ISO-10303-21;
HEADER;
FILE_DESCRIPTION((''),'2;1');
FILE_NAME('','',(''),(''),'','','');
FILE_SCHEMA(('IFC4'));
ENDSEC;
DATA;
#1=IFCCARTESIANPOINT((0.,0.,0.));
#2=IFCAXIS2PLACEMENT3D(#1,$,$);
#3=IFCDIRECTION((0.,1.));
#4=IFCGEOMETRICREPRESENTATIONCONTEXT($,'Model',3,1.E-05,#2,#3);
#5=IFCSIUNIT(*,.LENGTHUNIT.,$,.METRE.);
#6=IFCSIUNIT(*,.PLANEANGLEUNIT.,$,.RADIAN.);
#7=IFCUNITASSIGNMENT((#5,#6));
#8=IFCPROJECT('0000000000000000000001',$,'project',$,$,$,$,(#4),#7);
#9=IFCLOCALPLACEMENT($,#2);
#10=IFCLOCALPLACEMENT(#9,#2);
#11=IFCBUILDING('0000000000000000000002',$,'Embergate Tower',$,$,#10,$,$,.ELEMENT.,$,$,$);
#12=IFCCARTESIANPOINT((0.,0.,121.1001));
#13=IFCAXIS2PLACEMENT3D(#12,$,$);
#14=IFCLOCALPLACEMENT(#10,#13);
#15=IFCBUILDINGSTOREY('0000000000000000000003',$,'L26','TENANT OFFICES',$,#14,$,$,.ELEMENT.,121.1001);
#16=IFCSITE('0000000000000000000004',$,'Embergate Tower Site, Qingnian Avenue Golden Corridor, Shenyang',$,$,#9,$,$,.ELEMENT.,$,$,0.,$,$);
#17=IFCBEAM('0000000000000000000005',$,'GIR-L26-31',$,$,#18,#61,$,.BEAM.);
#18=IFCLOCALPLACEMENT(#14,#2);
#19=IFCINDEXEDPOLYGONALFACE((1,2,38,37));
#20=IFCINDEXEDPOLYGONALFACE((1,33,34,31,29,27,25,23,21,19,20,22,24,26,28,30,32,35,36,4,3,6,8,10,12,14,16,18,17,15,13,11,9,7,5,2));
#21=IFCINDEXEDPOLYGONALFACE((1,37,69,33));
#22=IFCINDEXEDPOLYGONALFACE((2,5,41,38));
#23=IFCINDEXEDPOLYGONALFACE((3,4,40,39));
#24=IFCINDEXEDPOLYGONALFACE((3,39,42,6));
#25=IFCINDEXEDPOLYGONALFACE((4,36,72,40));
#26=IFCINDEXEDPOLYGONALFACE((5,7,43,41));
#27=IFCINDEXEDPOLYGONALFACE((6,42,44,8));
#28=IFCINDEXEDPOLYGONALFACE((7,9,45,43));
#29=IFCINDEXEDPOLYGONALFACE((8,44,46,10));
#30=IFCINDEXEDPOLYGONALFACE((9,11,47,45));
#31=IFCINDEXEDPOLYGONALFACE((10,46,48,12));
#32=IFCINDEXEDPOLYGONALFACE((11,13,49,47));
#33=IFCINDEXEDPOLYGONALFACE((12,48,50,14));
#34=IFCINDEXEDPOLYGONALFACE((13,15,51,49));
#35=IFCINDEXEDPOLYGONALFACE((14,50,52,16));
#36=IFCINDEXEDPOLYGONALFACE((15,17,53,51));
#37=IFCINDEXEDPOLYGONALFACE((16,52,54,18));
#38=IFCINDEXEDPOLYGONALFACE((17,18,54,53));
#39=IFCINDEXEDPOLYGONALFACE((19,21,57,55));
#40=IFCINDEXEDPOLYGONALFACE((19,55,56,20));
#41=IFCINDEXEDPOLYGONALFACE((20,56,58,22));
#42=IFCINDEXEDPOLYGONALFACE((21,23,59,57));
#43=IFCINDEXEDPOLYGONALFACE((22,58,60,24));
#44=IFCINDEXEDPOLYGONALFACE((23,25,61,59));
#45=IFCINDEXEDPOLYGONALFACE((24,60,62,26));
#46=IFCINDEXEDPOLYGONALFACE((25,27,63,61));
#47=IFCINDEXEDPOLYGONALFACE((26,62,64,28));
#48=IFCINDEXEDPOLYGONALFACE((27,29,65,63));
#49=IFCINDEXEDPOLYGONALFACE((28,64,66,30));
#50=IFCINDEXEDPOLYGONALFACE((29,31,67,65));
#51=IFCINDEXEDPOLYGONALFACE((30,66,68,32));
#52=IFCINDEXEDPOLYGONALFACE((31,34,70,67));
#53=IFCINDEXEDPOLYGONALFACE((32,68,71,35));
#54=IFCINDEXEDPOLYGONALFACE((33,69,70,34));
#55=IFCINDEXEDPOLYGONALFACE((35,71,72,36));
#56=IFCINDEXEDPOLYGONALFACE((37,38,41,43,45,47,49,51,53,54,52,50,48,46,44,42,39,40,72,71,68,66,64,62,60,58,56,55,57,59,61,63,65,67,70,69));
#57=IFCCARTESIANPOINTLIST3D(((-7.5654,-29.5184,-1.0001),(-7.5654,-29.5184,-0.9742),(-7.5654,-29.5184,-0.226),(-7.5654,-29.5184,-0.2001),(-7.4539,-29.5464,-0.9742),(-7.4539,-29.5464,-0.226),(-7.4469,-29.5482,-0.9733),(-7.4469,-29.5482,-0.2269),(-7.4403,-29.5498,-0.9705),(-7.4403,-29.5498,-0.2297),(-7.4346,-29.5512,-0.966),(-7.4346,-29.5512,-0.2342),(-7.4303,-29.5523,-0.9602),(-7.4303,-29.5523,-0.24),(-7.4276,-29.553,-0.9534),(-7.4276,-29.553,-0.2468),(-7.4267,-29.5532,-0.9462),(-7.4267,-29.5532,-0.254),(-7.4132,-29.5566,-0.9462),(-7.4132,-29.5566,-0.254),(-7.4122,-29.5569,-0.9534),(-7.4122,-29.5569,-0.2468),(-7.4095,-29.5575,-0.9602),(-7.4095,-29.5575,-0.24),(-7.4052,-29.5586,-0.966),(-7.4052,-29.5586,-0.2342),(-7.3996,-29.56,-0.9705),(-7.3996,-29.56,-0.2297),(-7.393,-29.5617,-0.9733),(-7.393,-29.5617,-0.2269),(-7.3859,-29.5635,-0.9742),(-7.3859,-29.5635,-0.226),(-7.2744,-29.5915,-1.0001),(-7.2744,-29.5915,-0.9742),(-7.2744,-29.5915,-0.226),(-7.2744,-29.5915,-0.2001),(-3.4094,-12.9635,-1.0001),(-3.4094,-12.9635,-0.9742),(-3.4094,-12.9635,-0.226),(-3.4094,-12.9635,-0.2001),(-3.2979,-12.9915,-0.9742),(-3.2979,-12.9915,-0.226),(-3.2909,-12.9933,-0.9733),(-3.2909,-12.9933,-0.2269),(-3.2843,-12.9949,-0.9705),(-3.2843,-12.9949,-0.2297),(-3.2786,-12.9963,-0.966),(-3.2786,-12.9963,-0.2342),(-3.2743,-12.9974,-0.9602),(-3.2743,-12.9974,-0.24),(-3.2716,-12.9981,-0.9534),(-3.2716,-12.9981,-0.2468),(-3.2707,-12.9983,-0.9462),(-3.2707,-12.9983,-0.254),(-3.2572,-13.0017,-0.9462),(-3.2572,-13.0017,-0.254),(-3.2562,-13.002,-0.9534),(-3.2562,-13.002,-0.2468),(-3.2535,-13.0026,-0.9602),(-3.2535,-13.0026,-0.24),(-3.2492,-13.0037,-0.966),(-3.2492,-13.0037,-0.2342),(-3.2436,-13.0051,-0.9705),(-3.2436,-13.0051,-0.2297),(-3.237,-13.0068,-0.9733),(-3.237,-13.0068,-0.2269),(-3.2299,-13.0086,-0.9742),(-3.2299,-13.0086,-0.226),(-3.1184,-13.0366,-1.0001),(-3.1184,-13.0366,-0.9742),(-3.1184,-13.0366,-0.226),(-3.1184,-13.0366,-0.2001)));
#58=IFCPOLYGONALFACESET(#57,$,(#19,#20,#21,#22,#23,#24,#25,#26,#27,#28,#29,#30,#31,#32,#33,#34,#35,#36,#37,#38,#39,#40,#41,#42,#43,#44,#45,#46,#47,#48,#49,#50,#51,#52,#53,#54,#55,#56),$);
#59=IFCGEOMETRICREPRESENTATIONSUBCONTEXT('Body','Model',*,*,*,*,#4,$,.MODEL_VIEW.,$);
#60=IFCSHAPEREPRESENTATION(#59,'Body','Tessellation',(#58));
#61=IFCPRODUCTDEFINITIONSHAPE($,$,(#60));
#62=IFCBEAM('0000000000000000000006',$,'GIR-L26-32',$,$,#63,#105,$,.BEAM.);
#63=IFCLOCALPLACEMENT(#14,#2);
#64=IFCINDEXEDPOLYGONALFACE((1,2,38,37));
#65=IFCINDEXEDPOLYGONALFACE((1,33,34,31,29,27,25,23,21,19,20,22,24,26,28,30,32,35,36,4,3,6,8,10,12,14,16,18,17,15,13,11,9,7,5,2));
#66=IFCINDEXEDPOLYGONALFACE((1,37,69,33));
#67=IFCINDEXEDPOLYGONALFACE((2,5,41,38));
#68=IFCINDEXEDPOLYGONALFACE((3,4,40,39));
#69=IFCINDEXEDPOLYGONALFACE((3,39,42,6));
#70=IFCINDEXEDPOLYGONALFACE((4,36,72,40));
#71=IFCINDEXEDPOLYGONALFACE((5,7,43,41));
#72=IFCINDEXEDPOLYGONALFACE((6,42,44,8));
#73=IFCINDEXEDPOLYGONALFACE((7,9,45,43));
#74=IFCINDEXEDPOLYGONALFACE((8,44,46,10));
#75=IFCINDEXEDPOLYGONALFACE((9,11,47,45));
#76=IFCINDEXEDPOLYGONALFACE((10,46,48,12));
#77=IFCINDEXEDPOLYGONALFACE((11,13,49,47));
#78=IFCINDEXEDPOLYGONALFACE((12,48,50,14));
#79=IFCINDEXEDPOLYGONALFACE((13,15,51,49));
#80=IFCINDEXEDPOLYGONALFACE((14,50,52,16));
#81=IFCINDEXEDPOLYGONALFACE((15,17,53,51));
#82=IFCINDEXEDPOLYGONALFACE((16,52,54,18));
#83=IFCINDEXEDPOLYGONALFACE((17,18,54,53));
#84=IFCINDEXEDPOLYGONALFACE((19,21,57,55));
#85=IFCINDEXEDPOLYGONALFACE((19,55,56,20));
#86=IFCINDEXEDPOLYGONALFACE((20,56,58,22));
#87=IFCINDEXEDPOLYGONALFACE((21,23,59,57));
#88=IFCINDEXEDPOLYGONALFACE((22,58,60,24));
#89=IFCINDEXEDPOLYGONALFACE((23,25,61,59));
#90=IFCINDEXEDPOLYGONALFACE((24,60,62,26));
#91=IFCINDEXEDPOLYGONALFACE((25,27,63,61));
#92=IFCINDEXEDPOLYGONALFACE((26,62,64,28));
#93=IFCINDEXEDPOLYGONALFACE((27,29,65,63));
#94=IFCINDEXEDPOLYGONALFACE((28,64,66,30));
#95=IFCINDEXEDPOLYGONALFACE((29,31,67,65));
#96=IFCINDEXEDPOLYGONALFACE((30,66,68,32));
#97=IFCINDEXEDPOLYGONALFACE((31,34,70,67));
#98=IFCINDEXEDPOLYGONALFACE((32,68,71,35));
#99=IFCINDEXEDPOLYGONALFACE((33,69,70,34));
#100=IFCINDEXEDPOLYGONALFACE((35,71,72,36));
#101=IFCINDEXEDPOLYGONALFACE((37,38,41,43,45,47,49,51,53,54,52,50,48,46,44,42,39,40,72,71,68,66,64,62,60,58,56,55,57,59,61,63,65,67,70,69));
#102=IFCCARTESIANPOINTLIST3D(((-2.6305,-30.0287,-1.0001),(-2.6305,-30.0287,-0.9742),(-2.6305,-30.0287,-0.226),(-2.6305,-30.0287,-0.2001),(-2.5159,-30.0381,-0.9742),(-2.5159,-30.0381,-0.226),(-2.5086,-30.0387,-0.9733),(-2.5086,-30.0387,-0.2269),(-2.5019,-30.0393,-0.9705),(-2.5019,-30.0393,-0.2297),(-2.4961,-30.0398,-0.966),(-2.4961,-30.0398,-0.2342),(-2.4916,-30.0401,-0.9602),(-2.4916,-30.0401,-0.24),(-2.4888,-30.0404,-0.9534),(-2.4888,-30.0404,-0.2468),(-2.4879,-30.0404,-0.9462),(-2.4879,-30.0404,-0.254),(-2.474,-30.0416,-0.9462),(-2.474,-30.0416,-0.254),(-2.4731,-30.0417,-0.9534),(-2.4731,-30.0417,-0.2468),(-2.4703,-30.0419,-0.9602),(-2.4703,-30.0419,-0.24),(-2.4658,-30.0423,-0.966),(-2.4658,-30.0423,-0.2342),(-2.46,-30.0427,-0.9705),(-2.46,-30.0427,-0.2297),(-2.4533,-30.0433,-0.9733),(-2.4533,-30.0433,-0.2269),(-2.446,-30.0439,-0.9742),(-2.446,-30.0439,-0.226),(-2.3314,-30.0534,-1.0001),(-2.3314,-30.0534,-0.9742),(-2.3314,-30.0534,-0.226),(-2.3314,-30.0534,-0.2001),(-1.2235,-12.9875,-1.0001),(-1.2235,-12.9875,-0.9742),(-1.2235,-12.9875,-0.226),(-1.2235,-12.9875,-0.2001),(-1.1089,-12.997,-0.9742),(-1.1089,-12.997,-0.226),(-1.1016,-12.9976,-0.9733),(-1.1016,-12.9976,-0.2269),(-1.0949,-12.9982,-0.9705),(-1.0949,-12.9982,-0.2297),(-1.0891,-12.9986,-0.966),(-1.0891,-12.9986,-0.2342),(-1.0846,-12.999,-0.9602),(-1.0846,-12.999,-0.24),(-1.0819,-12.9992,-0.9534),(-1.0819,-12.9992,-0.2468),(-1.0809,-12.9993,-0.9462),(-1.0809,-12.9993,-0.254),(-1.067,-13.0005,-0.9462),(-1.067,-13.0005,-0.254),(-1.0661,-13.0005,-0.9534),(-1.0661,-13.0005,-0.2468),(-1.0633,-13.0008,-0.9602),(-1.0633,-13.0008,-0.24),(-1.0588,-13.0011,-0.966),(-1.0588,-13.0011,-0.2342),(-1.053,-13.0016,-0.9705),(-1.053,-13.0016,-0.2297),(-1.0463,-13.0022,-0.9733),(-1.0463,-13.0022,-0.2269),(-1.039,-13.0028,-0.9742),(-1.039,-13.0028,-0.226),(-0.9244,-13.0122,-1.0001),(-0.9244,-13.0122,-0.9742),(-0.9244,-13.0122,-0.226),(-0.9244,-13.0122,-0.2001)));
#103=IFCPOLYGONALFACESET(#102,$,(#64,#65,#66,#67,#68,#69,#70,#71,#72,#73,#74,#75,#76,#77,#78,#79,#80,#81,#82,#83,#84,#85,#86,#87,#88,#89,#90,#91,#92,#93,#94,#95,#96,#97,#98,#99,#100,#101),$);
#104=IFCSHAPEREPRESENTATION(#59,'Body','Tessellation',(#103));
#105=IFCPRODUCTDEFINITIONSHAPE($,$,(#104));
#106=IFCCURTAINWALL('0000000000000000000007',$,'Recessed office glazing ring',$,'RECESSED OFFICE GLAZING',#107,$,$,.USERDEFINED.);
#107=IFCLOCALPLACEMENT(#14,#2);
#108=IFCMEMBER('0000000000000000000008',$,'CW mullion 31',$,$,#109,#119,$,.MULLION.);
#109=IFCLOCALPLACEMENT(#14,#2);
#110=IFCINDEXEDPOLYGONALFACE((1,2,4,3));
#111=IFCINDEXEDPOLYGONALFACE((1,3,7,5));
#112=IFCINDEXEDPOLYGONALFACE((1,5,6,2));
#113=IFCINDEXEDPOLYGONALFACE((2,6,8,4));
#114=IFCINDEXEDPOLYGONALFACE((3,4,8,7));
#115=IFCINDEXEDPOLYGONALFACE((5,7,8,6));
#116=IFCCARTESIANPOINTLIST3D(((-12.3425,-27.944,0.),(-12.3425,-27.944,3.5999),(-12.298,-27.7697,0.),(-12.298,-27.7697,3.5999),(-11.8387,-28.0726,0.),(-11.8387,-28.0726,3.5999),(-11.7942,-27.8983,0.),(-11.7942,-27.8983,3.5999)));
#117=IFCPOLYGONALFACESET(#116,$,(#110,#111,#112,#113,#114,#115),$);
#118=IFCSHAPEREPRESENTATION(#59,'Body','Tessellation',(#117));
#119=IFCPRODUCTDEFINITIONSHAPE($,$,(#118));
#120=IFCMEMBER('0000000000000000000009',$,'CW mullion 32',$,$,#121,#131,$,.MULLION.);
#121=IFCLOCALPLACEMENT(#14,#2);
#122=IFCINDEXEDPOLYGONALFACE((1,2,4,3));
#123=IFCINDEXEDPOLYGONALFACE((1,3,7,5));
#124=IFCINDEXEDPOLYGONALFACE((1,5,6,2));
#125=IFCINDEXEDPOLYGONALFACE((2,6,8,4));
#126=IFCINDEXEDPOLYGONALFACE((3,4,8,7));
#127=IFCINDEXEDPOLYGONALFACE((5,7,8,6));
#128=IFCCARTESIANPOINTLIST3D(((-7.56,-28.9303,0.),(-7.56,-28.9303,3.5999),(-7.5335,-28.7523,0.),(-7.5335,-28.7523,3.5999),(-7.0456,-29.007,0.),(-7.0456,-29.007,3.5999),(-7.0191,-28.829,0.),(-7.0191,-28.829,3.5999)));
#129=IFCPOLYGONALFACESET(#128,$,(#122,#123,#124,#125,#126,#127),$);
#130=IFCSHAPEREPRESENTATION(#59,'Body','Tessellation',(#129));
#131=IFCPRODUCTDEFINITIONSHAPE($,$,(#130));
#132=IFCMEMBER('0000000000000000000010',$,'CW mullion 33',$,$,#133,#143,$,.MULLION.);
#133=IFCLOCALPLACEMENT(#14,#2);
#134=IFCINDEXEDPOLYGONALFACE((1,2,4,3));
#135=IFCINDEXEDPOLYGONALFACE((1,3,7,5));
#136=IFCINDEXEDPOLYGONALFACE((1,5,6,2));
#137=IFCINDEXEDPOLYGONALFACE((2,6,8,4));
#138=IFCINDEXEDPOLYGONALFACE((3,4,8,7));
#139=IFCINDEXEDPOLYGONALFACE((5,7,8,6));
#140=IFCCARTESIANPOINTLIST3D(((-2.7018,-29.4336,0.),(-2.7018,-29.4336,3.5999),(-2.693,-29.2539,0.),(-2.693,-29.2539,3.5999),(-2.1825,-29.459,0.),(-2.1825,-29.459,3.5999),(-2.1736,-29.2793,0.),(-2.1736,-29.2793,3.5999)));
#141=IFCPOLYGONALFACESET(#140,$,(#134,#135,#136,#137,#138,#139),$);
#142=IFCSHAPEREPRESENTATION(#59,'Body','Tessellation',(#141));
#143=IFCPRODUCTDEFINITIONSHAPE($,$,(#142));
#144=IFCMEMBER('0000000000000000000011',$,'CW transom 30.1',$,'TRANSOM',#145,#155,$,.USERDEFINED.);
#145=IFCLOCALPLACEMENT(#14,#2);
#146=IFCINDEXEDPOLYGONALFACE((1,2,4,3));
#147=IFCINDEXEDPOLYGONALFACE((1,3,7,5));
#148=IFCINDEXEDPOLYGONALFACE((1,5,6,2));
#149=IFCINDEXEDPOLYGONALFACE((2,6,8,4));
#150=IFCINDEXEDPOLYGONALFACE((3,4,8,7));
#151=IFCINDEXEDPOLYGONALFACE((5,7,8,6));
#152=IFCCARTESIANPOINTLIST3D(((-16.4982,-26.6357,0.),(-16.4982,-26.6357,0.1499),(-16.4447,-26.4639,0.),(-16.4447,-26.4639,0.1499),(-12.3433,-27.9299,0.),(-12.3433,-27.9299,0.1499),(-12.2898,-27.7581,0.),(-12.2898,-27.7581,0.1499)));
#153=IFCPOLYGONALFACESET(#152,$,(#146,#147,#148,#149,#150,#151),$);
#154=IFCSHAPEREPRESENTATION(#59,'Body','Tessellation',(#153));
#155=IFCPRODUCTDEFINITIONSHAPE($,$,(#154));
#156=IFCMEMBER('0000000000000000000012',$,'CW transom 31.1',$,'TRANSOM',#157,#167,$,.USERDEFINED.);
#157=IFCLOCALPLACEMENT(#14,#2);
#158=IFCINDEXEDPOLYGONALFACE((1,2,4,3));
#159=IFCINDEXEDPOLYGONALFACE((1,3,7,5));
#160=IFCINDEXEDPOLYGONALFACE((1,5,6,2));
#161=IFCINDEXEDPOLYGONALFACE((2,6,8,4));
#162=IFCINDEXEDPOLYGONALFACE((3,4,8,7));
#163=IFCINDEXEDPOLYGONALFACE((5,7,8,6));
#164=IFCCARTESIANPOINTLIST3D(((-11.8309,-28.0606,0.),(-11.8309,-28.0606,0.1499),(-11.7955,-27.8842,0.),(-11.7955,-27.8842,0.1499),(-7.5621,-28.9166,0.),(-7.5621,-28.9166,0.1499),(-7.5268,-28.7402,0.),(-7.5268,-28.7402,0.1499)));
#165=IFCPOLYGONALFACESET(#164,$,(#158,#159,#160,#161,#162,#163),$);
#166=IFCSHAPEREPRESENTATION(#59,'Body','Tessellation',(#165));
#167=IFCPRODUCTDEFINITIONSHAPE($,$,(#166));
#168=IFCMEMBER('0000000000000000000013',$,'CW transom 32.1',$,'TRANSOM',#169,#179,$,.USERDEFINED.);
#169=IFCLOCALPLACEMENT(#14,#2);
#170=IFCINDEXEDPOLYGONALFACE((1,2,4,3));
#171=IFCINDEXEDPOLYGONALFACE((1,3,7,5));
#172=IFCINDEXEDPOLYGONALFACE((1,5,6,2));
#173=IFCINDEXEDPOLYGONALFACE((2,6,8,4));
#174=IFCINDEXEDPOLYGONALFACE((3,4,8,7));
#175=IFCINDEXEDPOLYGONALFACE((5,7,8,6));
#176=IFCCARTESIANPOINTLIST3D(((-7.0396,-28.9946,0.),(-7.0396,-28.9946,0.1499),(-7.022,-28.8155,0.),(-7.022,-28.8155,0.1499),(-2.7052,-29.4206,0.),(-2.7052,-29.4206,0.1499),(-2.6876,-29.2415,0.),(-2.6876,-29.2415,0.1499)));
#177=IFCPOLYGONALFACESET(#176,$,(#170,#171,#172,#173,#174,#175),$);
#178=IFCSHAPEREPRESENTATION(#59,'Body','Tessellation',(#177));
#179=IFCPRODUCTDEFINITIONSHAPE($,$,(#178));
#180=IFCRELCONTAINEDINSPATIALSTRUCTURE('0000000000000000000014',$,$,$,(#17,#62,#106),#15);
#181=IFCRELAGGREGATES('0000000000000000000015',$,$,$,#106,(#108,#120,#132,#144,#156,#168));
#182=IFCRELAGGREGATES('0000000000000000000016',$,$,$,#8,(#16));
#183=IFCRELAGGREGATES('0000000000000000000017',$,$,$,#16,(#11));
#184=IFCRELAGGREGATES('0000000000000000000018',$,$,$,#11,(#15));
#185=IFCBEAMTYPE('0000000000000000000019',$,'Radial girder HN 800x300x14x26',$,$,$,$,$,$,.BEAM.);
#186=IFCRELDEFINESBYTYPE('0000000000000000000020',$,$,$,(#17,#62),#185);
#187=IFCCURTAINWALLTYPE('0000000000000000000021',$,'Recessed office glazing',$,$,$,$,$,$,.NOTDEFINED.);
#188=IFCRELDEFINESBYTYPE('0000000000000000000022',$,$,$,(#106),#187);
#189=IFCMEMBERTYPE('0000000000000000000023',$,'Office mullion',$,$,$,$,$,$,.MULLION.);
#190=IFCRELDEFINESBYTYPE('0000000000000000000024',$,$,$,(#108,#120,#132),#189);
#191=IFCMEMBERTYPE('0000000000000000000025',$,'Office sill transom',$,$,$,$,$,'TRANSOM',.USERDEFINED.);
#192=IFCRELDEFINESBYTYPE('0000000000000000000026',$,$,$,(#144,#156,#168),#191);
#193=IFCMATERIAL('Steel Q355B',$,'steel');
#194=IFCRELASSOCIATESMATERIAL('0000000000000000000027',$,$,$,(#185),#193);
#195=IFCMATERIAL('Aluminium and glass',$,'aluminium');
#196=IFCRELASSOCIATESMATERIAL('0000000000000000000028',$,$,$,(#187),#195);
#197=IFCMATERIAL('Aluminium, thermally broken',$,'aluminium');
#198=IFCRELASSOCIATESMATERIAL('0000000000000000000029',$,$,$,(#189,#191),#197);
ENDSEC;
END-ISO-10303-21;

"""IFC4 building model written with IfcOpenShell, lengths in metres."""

from ifc_helpers import new_model, si_unit, direction, frame, origin, origin_2d, place, context, subcontext, project, spatial, rectangle, i_section, extrude, source, transform, mapped, material, material_profile, profile_set, type_object, element, aggregate, save


model = new_model("IFC4")

# Units and contexts
model_context = context("Model", 3, precision=1e-05, world=origin(), true_north=direction((0.0, 1.0)))
body_context = subcontext(model_context, "Body", "Model", "MODEL_VIEW")
ifc_project = project(units=[si_unit("LENGTHUNIT", "METRE"), si_unit("PLANEANGLEUNIT", "RADIAN")], contexts=[model_context])

# Site, building, storey
site_placement = place(None, origin())
site = spatial("IfcSite", under=ifc_project, at=site_placement, Name="Embergate Tower Site, Qingnian Avenue Golden Corridor, Shenyang", CompositionType="ELEMENT", RefElevation=0.0)
building_placement = place(site_placement, origin())
building = spatial("IfcBuilding", under=site, at=building_placement, Name="Embergate Tower", CompositionType="ELEMENT")
storey_placement = place(building_placement, frame((0.0, 0.0, 121.1001)))
storey = spatial("IfcBuildingStorey", under=building, at=storey_placement, Name="L26", Description="TENANT OFFICES", CompositionType="ELEMENT", Elevation=121.1001)

# Beams
ifc_material_1 = material(Name="Steel Q355B", Category="steel")
ifc_material_profile_1 = material_profile(ifc_material_1, i_section(OverallWidth=0.3, OverallDepth=0.8, WebThickness=0.0139, FlangeThickness=0.0259, FilletRadius=0.0281, at=origin_2d()), Name="HN 800x300x14x26")
ifc_profile_set_1 = profile_set([ifc_material_profile_1], Name="Steel Q355 grade B")
beam_type_1 = type_object("IfcBeamType", Name="Radial girder HN 800x300x14x26", PredefinedType="BEAM", material=ifc_profile_set_1)
shared_shape_1 = source(origin(), body_context, "Body", "SweptSolid", [
    extrude(i_section(OverallWidth=0.3, OverallDepth=0.8, WebThickness=0.0139, FlangeThickness=0.0259, FilletRadius=0.0281, at=origin_2d()), origin(), (0.0, 0.0, 1.0), 17.0686),
])
beam_1_placement = place(storey_placement, frame((-7.4199, -29.5549, -0.6001), z_axis=(0.243488, 0.969904, 0.0), x_axis=(-0.969904, 0.243488, 0.0)))
element("IfcBeam", 1, at=beam_1_placement, inside=storey, type_object=beam_type_1, Name="GIR-L26-31", PredefinedType="BEAM", context=body_context, shape_type="MappedRepresentation", body=[
    mapped(shared_shape_1, transform((0.0, 0.0, 0.0))),
])
shared_shape_2 = source(origin(), body_context, "Body", "SweptSolid", [
    extrude(i_section(OverallWidth=0.3, OverallDepth=0.8, WebThickness=0.0139, FlangeThickness=0.0259, FilletRadius=0.0281, at=origin_2d()), origin(), (0.0, 0.0, 1.0), 17.0991),
])
beam_2_placement = place(storey_placement, frame((-2.481, -30.041, -0.6001), z_axis=(0.082284, 0.996609, 0.0), x_axis=(-0.996609, 0.082284, 0.0)))
element("IfcBeam", 2, at=beam_2_placement, inside=storey, type_object=beam_type_1, Name="GIR-L26-32", PredefinedType="BEAM", context=body_context, shape_type="MappedRepresentation", body=[
    mapped(shared_shape_2, transform((0.0, 0.0, 0.0))),
])

# Curtain wall, members
ifc_material_2 = material(Name="Aluminium and glass", Category="aluminium")
curtain_wall_type = type_object("IfcCurtainWallType", Name="Recessed office glazing", PredefinedType="NOTDEFINED", material=ifc_material_2)
curtain_wall_placement = place(storey_placement, origin())
curtain_wall = element("IfcCurtainWall", 3, at=curtain_wall_placement, inside=storey, type_object=curtain_wall_type, Name="Recessed office glazing ring", ObjectType="RECESSED OFFICE GLAZING", PredefinedType="USERDEFINED")
ifc_material_3 = material(Name="Aluminium, thermally broken", Category="aluminium")
ifc_material_profile_2 = material_profile(ifc_material_3, rectangle(XDim=0.1799, YDim=0.52, at=origin_2d()), Name="AL 520x180")
ifc_profile_set_2 = profile_set([ifc_material_profile_2], Name="Aluminium, thermally broken")
member_type_1 = type_object("IfcMemberType", Name="Office mullion", PredefinedType="MULLION", material=ifc_profile_set_2)
shared_shape_3 = source(origin(), body_context, "Body", "SweptSolid", [
    extrude(rectangle(XDim=0.1799, YDim=0.52, at=origin_2d()), origin(), (0.0, 0.0, 1.0), 3.5999),
])
member_1_placement = place(storey_placement, frame((-12.0684, -27.9211, 0.0), z_axis=(0.0, 0.0, 1.0), x_axis=(0.247312, 0.968936, 0.0)))
member_1 = element("IfcMember", 4, at=member_1_placement, type_object=member_type_1, Name="CW mullion 31", PredefinedType="MULLION", context=body_context, shape_type="MappedRepresentation", body=[
    mapped(shared_shape_3, transform((0.0, 0.0, 0.0))),
])
member_2_placement = place(storey_placement, frame((-7.2896, -28.8796, 0.0), z_axis=(0.0, 0.0, 1.0), x_axis=(0.147412, 0.989075, 0.0)))
member_2 = element("IfcMember", 5, at=member_2_placement, type_object=member_type_1, Name="CW mullion 32", PredefinedType="MULLION", context=body_context, shape_type="MappedRepresentation", body=[
    mapped(shared_shape_3, transform((0.0, 0.0, 0.0))),
])
member_3_placement = place(storey_placement, frame((-2.4377, -29.3564, 0.0), z_axis=(0.0, 0.0, 1.0), x_axis=(0.048972, 0.9988, 0.0)))
member_3 = element("IfcMember", 6, at=member_3_placement, type_object=member_type_1, Name="CW mullion 33", PredefinedType="MULLION", context=body_context, shape_type="MappedRepresentation", body=[
    mapped(shared_shape_3, transform((0.0, 0.0, 0.0))),
])
ifc_material_profile_3 = material_profile(ifc_material_3, rectangle(XDim=0.1799, YDim=0.1499, at=origin_2d()), Name="AL 150x180")
ifc_profile_set_3 = profile_set([ifc_material_profile_3], Name="Aluminium, thermally broken")
member_type_2 = type_object("IfcMemberType", Name="Office sill transom", ElementType="TRANSOM", PredefinedType="USERDEFINED", material=ifc_profile_set_3)
shared_shape_4 = source(origin(), body_context, "Body", "SweptSolid", [
    extrude(rectangle(XDim=0.1799, YDim=0.1499, at=origin_2d()), origin(), (0.0, 0.0, 1.0), 4.3518),
])
member_4_placement = place(storey_placement, frame((-16.4714, -26.5498, 0.075), z_axis=(0.954758, -0.297384, 0.0), x_axis=(0.297384, 0.954758, 0.0)))
member_4 = element("IfcMember", 7, at=member_4_placement, type_object=member_type_2, Name="CW transom 30.1", ObjectType="TRANSOM", PredefinedType="USERDEFINED", context=body_context, shape_type="MappedRepresentation", body=[
    mapped(shared_shape_4, transform((0.0, 0.0, 0.0))),
])
shared_shape_5 = source(origin(), body_context, "Body", "SweptSolid", [
    extrude(rectangle(XDim=0.1799, YDim=0.1499, at=origin_2d()), origin(), (0.0, 0.0, 1.0), 4.3538),
])
member_5_placement = place(storey_placement, frame((-11.8132, -27.9724, 0.075), z_axis=(0.980484, -0.196601, 0.0), x_axis=(0.196601, 0.980484, 0.0)))
member_5 = element("IfcMember", 8, at=member_5_placement, type_object=member_type_2, Name="CW transom 31.1", ObjectType="TRANSOM", PredefinedType="USERDEFINED", context=body_context, shape_type="MappedRepresentation", body=[
    mapped(shared_shape_5, transform((0.0, 0.0, 0.0))),
])
shared_shape_6 = source(origin(), body_context, "Body", "SweptSolid", [
    extrude(rectangle(XDim=0.1799, YDim=0.1499, at=origin_2d()), origin(), (0.0, 0.0, 1.0), 4.3552),
])
member_6_placement = place(storey_placement, frame((-7.0308, -28.905, 0.075), z_axis=(0.995204, -0.097822, 0.0), x_axis=(0.097822, 0.995204, 0.0)))
member_6 = element("IfcMember", 9, at=member_6_placement, type_object=member_type_2, Name="CW transom 32.1", ObjectType="TRANSOM", PredefinedType="USERDEFINED", context=body_context, shape_type="MappedRepresentation", body=[
    mapped(shared_shape_6, transform((0.0, 0.0, 0.0))),
])

aggregate(curtain_wall, [member_1, member_2, member_3, member_4, member_5, member_6])

save(model, "model.ifc")
